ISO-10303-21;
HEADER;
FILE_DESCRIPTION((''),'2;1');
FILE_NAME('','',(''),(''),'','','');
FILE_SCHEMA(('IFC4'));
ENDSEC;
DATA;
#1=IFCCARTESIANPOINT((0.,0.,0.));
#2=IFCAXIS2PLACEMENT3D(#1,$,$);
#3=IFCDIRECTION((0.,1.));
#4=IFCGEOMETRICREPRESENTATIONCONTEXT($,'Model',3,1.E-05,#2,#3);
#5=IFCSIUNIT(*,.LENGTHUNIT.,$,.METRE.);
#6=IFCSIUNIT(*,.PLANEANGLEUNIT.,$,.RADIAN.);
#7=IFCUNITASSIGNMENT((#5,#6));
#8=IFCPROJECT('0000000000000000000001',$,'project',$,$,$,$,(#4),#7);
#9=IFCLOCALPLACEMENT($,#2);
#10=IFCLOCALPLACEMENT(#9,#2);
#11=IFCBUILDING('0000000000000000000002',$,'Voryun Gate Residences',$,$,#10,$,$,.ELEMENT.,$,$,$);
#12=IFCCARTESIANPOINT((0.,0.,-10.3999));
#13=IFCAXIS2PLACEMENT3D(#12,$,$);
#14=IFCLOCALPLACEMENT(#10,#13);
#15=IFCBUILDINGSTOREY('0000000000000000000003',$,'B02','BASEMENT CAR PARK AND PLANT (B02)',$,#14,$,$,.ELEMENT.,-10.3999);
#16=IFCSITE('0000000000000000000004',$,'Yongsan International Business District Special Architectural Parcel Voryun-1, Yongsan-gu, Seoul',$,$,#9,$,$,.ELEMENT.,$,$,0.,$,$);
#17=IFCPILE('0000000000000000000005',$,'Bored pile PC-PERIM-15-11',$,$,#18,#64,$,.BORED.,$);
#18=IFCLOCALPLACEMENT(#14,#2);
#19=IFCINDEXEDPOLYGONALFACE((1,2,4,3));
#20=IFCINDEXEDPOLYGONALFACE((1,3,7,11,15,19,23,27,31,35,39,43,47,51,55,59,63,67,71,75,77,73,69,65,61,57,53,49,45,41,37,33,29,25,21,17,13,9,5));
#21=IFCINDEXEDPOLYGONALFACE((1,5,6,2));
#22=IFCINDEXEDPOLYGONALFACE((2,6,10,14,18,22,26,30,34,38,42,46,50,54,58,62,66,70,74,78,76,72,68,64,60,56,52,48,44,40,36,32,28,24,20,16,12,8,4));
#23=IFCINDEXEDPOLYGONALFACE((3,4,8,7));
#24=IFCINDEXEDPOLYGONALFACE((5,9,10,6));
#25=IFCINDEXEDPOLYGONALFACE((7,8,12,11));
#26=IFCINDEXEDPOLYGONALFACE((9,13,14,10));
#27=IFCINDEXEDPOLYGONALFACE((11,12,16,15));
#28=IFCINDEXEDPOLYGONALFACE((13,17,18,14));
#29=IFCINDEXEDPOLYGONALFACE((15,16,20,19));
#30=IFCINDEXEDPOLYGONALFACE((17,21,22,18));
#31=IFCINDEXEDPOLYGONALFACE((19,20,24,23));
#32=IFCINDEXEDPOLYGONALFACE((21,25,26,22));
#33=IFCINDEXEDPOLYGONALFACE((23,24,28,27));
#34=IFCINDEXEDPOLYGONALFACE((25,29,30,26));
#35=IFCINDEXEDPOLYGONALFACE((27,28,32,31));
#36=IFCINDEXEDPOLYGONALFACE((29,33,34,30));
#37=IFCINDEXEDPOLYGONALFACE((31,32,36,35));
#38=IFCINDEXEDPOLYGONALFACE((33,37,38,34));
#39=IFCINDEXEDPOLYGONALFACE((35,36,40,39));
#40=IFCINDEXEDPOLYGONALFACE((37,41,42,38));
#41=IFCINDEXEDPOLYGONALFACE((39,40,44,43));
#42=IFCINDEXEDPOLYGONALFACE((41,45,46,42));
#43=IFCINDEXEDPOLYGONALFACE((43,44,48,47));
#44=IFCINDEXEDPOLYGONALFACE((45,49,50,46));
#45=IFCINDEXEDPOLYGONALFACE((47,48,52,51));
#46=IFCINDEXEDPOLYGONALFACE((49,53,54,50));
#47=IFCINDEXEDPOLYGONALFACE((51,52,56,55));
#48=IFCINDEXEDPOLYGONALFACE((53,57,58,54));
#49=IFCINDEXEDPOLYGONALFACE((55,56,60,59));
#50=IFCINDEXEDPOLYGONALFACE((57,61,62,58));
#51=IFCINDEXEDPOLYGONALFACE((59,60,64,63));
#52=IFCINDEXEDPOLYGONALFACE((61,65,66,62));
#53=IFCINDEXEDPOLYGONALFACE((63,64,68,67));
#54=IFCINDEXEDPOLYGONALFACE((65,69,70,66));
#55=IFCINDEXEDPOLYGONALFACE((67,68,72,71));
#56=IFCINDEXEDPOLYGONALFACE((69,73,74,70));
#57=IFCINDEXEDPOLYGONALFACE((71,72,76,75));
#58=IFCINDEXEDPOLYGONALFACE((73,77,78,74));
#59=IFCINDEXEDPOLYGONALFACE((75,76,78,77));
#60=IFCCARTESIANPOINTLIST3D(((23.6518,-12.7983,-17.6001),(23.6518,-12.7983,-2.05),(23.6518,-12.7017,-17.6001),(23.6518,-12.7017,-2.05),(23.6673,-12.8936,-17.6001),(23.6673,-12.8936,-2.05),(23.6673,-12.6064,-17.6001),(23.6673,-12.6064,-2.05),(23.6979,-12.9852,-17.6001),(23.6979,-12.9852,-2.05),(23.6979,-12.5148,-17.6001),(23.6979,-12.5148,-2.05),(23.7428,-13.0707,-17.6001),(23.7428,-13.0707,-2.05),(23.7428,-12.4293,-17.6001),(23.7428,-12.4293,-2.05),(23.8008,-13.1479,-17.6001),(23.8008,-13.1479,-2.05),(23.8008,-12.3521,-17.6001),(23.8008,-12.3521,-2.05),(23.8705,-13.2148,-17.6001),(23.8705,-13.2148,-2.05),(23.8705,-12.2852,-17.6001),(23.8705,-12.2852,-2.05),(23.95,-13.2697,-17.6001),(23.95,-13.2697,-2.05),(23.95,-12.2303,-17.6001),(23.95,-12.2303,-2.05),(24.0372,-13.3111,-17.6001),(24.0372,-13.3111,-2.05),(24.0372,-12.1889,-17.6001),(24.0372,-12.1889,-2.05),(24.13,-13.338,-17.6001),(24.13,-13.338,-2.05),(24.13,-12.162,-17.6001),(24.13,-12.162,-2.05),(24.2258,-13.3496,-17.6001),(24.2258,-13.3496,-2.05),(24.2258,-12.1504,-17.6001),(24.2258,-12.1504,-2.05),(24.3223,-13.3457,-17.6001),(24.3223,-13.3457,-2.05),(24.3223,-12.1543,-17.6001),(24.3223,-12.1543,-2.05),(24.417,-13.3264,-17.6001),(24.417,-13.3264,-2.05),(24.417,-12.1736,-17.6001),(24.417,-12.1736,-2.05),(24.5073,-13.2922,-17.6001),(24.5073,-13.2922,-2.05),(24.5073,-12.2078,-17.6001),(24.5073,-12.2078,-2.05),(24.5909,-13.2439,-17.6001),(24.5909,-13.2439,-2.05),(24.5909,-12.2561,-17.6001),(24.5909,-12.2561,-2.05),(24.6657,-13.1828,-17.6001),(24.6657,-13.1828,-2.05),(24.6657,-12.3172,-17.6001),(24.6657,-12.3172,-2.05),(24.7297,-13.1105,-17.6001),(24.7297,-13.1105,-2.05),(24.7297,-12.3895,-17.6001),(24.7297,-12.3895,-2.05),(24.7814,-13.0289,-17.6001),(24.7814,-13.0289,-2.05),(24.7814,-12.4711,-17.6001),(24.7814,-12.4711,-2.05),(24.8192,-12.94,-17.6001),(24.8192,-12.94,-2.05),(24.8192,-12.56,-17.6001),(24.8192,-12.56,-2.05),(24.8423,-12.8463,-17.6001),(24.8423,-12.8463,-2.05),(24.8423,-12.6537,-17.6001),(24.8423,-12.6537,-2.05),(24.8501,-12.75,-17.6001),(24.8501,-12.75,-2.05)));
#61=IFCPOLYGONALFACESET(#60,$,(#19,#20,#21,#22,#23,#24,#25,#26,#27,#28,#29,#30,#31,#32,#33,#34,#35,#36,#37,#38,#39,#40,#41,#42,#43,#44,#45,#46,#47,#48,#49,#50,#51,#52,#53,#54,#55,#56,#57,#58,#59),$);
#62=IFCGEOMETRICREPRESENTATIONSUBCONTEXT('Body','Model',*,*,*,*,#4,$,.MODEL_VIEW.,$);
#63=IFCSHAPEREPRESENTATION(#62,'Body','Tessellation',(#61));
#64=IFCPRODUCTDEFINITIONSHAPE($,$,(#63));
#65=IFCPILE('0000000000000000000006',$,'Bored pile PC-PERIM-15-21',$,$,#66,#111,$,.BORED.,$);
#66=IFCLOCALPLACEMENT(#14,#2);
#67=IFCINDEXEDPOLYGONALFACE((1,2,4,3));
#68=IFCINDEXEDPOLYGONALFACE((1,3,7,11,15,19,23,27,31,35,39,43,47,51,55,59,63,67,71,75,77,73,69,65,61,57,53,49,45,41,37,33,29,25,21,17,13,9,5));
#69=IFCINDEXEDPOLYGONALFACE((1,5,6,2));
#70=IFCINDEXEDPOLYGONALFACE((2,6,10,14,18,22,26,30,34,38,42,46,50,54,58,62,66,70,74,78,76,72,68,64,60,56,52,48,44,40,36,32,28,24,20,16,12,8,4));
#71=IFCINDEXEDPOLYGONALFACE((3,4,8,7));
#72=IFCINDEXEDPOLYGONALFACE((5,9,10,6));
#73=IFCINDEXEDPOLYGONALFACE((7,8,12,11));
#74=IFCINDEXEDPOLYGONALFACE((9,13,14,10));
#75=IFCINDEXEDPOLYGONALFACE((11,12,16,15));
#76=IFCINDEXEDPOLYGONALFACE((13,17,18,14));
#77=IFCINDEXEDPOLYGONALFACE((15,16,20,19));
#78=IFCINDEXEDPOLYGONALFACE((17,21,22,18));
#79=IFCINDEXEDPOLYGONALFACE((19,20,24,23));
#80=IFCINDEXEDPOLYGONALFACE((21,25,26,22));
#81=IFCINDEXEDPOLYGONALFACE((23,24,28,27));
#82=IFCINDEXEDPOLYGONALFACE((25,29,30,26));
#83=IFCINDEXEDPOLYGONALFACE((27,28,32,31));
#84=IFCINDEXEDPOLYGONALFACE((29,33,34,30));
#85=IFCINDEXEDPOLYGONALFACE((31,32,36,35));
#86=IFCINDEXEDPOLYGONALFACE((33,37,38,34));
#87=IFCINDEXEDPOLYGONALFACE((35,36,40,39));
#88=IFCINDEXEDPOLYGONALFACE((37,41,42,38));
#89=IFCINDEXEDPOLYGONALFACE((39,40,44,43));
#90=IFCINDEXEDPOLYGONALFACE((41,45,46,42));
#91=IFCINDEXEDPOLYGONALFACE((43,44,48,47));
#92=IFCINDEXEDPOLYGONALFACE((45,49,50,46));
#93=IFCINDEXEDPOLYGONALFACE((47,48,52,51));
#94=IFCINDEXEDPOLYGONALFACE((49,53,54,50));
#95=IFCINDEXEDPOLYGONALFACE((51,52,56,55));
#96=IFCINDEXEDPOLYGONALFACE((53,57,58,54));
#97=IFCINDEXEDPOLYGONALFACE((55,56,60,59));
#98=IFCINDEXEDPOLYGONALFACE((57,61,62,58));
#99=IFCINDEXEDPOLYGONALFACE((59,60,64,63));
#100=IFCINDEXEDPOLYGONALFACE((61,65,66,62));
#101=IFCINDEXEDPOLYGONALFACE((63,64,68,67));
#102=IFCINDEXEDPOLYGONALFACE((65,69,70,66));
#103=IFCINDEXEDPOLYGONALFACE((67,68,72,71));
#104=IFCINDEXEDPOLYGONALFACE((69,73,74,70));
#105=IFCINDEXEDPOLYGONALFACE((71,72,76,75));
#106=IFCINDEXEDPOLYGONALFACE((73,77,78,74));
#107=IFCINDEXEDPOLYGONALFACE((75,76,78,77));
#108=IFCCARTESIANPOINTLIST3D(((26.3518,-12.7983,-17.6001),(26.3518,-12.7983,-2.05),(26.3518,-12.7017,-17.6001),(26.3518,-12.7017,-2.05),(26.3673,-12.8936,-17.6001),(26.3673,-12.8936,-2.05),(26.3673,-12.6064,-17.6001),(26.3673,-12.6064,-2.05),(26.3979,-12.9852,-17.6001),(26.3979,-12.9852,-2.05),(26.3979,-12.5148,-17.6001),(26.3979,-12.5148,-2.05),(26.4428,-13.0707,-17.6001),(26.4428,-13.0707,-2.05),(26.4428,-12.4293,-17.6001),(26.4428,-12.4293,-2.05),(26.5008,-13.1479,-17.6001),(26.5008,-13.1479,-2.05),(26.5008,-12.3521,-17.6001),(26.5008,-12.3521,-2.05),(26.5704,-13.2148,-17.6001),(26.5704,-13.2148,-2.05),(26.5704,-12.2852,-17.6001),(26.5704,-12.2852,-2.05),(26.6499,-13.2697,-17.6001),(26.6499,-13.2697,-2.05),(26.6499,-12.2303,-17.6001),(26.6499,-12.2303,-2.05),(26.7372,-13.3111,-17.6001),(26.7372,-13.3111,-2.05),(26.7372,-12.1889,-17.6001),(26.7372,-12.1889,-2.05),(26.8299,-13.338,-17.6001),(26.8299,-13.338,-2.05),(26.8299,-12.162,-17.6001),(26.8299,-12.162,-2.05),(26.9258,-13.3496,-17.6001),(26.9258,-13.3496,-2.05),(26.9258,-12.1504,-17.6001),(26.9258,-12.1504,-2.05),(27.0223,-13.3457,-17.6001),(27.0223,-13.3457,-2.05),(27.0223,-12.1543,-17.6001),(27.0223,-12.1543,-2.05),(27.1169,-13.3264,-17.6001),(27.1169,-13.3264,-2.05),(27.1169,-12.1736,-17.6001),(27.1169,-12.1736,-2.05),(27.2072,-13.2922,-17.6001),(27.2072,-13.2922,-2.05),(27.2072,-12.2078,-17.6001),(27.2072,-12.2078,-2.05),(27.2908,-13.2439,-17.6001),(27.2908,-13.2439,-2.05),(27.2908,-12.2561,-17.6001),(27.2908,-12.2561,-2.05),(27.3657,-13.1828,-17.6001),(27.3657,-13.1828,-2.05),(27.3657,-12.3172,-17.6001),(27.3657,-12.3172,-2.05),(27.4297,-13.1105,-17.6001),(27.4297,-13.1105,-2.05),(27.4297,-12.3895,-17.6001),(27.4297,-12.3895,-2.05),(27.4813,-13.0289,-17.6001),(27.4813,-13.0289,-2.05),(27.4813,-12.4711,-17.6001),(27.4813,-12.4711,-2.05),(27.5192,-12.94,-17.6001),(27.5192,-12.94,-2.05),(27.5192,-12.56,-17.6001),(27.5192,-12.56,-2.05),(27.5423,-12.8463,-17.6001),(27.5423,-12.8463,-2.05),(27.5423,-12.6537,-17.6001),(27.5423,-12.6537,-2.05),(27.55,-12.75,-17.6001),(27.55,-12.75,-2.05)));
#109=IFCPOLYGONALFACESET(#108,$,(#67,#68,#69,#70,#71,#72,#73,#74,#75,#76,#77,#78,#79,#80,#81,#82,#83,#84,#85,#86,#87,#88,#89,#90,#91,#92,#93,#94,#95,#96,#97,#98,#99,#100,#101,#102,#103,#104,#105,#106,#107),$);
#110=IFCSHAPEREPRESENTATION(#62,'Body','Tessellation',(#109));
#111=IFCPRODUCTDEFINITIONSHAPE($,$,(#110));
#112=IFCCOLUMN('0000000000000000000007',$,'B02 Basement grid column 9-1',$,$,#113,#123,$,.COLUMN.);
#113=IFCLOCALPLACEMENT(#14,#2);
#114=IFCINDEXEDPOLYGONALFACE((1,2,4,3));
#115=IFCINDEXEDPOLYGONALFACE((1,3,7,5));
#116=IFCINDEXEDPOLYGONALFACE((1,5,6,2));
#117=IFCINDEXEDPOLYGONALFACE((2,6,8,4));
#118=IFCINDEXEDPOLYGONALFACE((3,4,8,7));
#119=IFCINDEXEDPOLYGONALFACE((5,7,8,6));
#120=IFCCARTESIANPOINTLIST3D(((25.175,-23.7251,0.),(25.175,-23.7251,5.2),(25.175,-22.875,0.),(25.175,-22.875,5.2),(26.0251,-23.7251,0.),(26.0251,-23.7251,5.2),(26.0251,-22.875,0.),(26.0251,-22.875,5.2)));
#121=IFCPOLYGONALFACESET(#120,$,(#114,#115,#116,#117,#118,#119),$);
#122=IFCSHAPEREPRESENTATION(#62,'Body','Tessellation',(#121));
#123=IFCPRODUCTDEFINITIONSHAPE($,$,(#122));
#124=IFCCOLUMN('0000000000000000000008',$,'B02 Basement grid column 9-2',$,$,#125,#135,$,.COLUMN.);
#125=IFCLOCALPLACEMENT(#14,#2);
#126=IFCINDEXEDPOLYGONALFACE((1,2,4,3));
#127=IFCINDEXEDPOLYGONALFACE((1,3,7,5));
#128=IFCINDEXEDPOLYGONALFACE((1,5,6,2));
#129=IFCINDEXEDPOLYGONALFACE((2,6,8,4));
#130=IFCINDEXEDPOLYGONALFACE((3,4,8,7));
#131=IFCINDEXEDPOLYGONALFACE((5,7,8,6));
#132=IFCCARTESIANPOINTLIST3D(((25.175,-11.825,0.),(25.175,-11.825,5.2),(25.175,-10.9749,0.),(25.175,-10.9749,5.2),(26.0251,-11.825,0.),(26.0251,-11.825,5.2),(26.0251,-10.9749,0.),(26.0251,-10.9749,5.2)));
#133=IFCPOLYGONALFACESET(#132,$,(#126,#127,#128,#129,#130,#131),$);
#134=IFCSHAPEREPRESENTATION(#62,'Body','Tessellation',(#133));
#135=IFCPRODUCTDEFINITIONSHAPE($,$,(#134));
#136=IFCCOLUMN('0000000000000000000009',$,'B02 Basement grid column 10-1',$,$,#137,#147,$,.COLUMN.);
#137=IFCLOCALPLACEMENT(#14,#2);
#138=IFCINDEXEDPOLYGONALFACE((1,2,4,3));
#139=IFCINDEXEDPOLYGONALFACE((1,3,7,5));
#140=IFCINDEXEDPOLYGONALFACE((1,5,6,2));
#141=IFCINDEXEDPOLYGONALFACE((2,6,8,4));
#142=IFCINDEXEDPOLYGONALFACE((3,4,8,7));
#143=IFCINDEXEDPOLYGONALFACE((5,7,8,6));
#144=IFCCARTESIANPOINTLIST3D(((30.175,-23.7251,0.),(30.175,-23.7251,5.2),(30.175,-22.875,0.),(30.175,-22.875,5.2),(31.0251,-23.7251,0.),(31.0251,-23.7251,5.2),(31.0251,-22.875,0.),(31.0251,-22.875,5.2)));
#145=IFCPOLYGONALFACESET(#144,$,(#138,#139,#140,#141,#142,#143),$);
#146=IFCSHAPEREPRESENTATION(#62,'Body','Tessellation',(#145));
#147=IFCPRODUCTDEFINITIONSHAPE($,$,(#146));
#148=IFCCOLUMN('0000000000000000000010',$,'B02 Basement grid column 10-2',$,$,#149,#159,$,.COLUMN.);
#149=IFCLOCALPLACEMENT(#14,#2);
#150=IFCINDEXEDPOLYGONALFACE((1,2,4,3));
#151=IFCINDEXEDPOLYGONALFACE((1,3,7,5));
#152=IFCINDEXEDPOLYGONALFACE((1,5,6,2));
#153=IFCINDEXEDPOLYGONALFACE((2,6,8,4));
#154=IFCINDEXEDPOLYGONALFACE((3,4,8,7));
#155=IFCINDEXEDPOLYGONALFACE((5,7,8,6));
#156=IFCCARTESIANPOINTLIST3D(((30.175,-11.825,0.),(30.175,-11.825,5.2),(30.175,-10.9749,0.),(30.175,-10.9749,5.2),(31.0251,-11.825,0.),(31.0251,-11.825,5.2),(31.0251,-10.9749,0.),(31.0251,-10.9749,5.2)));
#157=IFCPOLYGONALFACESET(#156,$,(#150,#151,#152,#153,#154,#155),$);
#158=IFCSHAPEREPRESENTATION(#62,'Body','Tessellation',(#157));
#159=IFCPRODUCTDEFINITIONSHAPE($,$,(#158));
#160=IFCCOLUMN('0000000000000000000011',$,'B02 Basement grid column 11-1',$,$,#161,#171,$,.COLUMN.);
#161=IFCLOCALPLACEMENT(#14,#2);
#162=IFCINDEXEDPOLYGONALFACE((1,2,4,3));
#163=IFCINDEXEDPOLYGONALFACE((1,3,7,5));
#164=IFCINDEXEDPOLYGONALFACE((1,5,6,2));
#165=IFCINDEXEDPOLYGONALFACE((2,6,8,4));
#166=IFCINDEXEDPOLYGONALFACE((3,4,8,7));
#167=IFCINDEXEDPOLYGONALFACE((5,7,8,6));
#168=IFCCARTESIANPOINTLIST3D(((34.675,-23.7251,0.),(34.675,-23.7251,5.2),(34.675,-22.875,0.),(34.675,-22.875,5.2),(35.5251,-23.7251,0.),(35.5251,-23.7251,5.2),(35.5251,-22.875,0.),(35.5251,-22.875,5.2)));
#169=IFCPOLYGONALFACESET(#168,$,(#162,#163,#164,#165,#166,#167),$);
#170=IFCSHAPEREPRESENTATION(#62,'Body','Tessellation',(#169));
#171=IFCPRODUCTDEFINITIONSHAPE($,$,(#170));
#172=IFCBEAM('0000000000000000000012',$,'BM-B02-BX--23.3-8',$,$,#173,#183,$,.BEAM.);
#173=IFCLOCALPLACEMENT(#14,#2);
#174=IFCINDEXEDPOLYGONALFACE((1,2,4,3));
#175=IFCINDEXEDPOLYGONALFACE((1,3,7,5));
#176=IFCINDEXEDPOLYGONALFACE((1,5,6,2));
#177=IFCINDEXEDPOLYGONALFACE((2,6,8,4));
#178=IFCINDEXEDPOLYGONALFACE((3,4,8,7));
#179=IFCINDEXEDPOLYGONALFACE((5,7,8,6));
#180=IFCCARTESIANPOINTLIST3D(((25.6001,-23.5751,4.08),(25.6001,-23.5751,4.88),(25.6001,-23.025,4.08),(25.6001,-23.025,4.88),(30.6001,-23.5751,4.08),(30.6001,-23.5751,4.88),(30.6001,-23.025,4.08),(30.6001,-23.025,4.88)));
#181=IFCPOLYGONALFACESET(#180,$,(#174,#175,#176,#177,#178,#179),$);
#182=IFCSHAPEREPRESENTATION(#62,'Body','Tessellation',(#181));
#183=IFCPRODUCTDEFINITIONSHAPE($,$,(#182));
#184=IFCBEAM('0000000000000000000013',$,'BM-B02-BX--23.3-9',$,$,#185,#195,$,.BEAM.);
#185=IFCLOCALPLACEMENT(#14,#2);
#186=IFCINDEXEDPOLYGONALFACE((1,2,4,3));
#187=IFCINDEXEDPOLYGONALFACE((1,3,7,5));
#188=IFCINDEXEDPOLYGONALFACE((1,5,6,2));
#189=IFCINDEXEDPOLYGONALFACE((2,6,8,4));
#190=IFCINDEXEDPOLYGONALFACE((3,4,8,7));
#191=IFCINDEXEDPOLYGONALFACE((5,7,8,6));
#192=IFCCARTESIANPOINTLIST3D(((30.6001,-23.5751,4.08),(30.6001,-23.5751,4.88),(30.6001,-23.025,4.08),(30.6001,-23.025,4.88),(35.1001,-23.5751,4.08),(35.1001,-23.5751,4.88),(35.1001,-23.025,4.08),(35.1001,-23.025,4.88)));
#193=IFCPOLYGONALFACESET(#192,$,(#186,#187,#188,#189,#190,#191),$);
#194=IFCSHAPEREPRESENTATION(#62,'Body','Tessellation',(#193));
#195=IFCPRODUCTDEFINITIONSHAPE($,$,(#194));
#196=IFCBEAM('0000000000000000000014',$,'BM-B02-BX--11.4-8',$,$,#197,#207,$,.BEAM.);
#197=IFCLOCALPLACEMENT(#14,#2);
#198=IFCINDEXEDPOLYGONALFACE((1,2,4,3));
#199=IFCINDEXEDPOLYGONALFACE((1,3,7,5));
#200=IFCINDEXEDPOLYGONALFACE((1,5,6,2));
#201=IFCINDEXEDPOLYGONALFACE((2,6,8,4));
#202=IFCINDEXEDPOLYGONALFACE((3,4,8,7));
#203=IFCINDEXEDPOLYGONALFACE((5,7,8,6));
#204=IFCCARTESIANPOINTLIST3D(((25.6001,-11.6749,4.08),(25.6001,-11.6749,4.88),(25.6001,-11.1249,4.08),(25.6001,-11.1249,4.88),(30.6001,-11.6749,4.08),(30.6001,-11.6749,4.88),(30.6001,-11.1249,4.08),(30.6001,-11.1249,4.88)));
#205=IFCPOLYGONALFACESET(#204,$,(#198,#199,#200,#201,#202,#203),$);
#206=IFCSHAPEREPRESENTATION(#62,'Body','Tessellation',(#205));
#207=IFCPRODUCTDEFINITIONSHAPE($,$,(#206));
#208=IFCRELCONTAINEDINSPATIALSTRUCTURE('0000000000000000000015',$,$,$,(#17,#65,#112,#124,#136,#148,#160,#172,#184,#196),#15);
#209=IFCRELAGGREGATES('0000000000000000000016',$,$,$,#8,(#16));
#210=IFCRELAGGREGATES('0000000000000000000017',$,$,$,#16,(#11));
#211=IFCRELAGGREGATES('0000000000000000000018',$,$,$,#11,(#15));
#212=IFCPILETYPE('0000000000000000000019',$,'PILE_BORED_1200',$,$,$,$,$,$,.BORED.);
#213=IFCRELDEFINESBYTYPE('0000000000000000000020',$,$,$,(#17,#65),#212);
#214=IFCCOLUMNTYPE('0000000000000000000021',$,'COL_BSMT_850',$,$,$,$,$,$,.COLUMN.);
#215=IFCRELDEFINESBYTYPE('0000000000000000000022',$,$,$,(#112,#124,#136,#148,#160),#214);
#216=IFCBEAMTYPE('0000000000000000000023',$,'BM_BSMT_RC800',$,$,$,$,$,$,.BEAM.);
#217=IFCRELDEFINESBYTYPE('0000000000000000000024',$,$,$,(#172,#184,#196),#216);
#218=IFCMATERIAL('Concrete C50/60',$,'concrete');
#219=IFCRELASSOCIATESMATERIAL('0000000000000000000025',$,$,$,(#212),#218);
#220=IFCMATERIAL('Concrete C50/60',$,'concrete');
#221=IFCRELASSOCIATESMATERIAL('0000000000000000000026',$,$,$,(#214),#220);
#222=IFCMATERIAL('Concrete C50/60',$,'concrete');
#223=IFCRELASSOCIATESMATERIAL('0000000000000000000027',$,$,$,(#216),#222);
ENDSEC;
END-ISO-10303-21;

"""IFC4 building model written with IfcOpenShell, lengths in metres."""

from ifc_helpers import new_model, si_unit, direction, frame, origin, origin_2d, place, context, subcontext, project, spatial, rectangle, circle, extrude, material, material_profile, profile_set, type_object, element, save


model = new_model("IFC4")

# Units and contexts
model_context = context("Model", 3, precision=1e-05, world=origin(), true_north=direction((0.0, 1.0)))
body_context = subcontext(model_context, "Body", "Model", "MODEL_VIEW")
ifc_project = project(units=[si_unit("LENGTHUNIT", "METRE"), si_unit("PLANEANGLEUNIT", "RADIAN")], contexts=[model_context])

# Site, building, storey
site_placement = place(None, origin())
site = spatial("IfcSite", under=ifc_project, at=site_placement, Name="Yongsan International Business District Special Architectural Parcel Voryun-1, Yongsan-gu, Seoul", CompositionType="ELEMENT", RefElevation=0.0)
building_placement = place(site_placement, origin())
building = spatial("IfcBuilding", under=site, at=building_placement, Name="Voryun Gate Residences", CompositionType="ELEMENT")
storey_placement = place(building_placement, frame((0.0, 0.0, -10.3999)))
storey = spatial("IfcBuildingStorey", under=building, at=storey_placement, Name="B02", Description="BASEMENT CAR PARK AND PLANT (B02)", CompositionType="ELEMENT", Elevation=-10.3999)

# Piles
ifc_material_1 = material(Name="Concrete C50/60", Category="concrete")
ifc_material_profile_1 = material_profile(ifc_material_1, circle(Radius=0.6001, at=origin_2d()), Name="PILE-D1200")
ifc_profile_set_1 = profile_set([ifc_material_profile_1], Name="Concrete C50/60")
pile_type = type_object("IfcPileType", Name="PILE_BORED_1200", PredefinedType="BORED", material=ifc_profile_set_1)
for number, where, z_axis, x_axis, name in (
    (1, (24.25, -12.75, -2.05), (0.0, 0.0, -1.0), (1.0, 0.0, 0.0), "Bored pile PC-PERIM-15-11"),
    (2, (26.95, -12.75, -2.05), (0.0, 0.0, -1.0), (1.0, 0.0, 0.0), "Bored pile PC-PERIM-15-21"),
):
    element("IfcPile", number, at=place(storey_placement, frame(where, z_axis=z_axis, x_axis=x_axis)), inside=storey, type_object=pile_type, Name=name, PredefinedType="BORED", context=body_context, shape_type="SweptSolid", body=[
        extrude(circle(Radius=0.6001, at=origin_2d()), origin(), (0.0, 0.0, 1.0), 15.55),
    ])

# Columns
ifc_material_2 = material(Name="Concrete C50/60", Category="concrete")
ifc_material_profile_2 = material_profile(ifc_material_2, rectangle(XDim=0.8501, YDim=0.8501, at=origin_2d()), Name="RC-850x850")
ifc_profile_set_2 = profile_set([ifc_material_profile_2], Name="Concrete C50/60")
column_type = type_object("IfcColumnType", Name="COL_BSMT_850", PredefinedType="COLUMN", material=ifc_profile_set_2)
for number, where, z_axis, x_axis, name in (
    (3, (25.6001, -23.3, 0.0), (0.0, 0.0, 1.0), (1.0, 0.0, 0.0), "B02 Basement grid column 9-1"),
    (4, (25.6001, -11.3999, 0.0), (0.0, 0.0, 1.0), (1.0, 0.0, 0.0), "B02 Basement grid column 9-2"),
    (5, (30.6001, -23.3, 0.0), (0.0, 0.0, 1.0), (1.0, 0.0, 0.0), "B02 Basement grid column 10-1"),
    (6, (30.6001, -11.3999, 0.0), (0.0, 0.0, 1.0), (1.0, 0.0, 0.0), "B02 Basement grid column 10-2"),
    (7, (35.1001, -23.3, 0.0), (0.0, 0.0, 1.0), (1.0, 0.0, 0.0), "B02 Basement grid column 11-1"),
):
    element("IfcColumn", number, at=place(storey_placement, frame(where, z_axis=z_axis, x_axis=x_axis)), inside=storey, type_object=column_type, Name=name, PredefinedType="COLUMN", context=body_context, shape_type="SweptSolid", body=[
        extrude(rectangle(XDim=0.8501, YDim=0.8501, at=origin_2d()), origin(), (0.0, 0.0, 1.0), 5.2),
    ])

# Beams
ifc_material_3 = material(Name="Concrete C50/60", Category="concrete")
ifc_material_profile_3 = material_profile(ifc_material_3, rectangle(XDim=0.55, YDim=0.8, at=origin_2d()), Name="RC-550x800")
ifc_profile_set_3 = profile_set([ifc_material_profile_3], Name="Concrete C50/60")
beam_type_1 = type_object("IfcBeamType", Name="BM_BSMT_RC800", PredefinedType="BEAM", material=ifc_profile_set_3)
beam_1_placement = place(storey_placement, frame((25.6001, -23.3, 4.48), z_axis=(1.0, 0.0, 0.0), x_axis=(0.0, 1.0, 0.0)))
element("IfcBeam", 8, at=beam_1_placement, inside=storey, type_object=beam_type_1, Name="BM-B02-BX--23.3-8", PredefinedType="BEAM", context=body_context, shape_type="SweptSolid", body=[
    extrude(rectangle(XDim=0.55, YDim=0.8, at=origin_2d()), origin(), (0.0, 0.0, 1.0), 5.0),
])
beam_2_placement = place(storey_placement, frame((30.6001, -23.3, 4.48), z_axis=(1.0, 0.0, 0.0), x_axis=(0.0, 1.0, 0.0)))
element("IfcBeam", 9, at=beam_2_placement, inside=storey, type_object=beam_type_1, Name="BM-B02-BX--23.3-9", PredefinedType="BEAM", context=body_context, shape_type="SweptSolid", body=[
    extrude(rectangle(XDim=0.55, YDim=0.8, at=origin_2d()), origin(), (0.0, 0.0, 1.0), 4.5),
])
beam_3_placement = place(storey_placement, frame((25.6001, -11.3999, 4.48), z_axis=(1.0, 0.0, 0.0), x_axis=(0.0, 1.0, 0.0)))
element("IfcBeam", 10, at=beam_3_placement, inside=storey, type_object=beam_type_1, Name="BM-B02-BX--11.4-8", PredefinedType="BEAM", context=body_context, shape_type="SweptSolid", body=[
    extrude(rectangle(XDim=0.55, YDim=0.8, at=origin_2d()), origin(), (0.0, 0.0, 1.0), 5.0),
])

save(model, "model.ifc")
